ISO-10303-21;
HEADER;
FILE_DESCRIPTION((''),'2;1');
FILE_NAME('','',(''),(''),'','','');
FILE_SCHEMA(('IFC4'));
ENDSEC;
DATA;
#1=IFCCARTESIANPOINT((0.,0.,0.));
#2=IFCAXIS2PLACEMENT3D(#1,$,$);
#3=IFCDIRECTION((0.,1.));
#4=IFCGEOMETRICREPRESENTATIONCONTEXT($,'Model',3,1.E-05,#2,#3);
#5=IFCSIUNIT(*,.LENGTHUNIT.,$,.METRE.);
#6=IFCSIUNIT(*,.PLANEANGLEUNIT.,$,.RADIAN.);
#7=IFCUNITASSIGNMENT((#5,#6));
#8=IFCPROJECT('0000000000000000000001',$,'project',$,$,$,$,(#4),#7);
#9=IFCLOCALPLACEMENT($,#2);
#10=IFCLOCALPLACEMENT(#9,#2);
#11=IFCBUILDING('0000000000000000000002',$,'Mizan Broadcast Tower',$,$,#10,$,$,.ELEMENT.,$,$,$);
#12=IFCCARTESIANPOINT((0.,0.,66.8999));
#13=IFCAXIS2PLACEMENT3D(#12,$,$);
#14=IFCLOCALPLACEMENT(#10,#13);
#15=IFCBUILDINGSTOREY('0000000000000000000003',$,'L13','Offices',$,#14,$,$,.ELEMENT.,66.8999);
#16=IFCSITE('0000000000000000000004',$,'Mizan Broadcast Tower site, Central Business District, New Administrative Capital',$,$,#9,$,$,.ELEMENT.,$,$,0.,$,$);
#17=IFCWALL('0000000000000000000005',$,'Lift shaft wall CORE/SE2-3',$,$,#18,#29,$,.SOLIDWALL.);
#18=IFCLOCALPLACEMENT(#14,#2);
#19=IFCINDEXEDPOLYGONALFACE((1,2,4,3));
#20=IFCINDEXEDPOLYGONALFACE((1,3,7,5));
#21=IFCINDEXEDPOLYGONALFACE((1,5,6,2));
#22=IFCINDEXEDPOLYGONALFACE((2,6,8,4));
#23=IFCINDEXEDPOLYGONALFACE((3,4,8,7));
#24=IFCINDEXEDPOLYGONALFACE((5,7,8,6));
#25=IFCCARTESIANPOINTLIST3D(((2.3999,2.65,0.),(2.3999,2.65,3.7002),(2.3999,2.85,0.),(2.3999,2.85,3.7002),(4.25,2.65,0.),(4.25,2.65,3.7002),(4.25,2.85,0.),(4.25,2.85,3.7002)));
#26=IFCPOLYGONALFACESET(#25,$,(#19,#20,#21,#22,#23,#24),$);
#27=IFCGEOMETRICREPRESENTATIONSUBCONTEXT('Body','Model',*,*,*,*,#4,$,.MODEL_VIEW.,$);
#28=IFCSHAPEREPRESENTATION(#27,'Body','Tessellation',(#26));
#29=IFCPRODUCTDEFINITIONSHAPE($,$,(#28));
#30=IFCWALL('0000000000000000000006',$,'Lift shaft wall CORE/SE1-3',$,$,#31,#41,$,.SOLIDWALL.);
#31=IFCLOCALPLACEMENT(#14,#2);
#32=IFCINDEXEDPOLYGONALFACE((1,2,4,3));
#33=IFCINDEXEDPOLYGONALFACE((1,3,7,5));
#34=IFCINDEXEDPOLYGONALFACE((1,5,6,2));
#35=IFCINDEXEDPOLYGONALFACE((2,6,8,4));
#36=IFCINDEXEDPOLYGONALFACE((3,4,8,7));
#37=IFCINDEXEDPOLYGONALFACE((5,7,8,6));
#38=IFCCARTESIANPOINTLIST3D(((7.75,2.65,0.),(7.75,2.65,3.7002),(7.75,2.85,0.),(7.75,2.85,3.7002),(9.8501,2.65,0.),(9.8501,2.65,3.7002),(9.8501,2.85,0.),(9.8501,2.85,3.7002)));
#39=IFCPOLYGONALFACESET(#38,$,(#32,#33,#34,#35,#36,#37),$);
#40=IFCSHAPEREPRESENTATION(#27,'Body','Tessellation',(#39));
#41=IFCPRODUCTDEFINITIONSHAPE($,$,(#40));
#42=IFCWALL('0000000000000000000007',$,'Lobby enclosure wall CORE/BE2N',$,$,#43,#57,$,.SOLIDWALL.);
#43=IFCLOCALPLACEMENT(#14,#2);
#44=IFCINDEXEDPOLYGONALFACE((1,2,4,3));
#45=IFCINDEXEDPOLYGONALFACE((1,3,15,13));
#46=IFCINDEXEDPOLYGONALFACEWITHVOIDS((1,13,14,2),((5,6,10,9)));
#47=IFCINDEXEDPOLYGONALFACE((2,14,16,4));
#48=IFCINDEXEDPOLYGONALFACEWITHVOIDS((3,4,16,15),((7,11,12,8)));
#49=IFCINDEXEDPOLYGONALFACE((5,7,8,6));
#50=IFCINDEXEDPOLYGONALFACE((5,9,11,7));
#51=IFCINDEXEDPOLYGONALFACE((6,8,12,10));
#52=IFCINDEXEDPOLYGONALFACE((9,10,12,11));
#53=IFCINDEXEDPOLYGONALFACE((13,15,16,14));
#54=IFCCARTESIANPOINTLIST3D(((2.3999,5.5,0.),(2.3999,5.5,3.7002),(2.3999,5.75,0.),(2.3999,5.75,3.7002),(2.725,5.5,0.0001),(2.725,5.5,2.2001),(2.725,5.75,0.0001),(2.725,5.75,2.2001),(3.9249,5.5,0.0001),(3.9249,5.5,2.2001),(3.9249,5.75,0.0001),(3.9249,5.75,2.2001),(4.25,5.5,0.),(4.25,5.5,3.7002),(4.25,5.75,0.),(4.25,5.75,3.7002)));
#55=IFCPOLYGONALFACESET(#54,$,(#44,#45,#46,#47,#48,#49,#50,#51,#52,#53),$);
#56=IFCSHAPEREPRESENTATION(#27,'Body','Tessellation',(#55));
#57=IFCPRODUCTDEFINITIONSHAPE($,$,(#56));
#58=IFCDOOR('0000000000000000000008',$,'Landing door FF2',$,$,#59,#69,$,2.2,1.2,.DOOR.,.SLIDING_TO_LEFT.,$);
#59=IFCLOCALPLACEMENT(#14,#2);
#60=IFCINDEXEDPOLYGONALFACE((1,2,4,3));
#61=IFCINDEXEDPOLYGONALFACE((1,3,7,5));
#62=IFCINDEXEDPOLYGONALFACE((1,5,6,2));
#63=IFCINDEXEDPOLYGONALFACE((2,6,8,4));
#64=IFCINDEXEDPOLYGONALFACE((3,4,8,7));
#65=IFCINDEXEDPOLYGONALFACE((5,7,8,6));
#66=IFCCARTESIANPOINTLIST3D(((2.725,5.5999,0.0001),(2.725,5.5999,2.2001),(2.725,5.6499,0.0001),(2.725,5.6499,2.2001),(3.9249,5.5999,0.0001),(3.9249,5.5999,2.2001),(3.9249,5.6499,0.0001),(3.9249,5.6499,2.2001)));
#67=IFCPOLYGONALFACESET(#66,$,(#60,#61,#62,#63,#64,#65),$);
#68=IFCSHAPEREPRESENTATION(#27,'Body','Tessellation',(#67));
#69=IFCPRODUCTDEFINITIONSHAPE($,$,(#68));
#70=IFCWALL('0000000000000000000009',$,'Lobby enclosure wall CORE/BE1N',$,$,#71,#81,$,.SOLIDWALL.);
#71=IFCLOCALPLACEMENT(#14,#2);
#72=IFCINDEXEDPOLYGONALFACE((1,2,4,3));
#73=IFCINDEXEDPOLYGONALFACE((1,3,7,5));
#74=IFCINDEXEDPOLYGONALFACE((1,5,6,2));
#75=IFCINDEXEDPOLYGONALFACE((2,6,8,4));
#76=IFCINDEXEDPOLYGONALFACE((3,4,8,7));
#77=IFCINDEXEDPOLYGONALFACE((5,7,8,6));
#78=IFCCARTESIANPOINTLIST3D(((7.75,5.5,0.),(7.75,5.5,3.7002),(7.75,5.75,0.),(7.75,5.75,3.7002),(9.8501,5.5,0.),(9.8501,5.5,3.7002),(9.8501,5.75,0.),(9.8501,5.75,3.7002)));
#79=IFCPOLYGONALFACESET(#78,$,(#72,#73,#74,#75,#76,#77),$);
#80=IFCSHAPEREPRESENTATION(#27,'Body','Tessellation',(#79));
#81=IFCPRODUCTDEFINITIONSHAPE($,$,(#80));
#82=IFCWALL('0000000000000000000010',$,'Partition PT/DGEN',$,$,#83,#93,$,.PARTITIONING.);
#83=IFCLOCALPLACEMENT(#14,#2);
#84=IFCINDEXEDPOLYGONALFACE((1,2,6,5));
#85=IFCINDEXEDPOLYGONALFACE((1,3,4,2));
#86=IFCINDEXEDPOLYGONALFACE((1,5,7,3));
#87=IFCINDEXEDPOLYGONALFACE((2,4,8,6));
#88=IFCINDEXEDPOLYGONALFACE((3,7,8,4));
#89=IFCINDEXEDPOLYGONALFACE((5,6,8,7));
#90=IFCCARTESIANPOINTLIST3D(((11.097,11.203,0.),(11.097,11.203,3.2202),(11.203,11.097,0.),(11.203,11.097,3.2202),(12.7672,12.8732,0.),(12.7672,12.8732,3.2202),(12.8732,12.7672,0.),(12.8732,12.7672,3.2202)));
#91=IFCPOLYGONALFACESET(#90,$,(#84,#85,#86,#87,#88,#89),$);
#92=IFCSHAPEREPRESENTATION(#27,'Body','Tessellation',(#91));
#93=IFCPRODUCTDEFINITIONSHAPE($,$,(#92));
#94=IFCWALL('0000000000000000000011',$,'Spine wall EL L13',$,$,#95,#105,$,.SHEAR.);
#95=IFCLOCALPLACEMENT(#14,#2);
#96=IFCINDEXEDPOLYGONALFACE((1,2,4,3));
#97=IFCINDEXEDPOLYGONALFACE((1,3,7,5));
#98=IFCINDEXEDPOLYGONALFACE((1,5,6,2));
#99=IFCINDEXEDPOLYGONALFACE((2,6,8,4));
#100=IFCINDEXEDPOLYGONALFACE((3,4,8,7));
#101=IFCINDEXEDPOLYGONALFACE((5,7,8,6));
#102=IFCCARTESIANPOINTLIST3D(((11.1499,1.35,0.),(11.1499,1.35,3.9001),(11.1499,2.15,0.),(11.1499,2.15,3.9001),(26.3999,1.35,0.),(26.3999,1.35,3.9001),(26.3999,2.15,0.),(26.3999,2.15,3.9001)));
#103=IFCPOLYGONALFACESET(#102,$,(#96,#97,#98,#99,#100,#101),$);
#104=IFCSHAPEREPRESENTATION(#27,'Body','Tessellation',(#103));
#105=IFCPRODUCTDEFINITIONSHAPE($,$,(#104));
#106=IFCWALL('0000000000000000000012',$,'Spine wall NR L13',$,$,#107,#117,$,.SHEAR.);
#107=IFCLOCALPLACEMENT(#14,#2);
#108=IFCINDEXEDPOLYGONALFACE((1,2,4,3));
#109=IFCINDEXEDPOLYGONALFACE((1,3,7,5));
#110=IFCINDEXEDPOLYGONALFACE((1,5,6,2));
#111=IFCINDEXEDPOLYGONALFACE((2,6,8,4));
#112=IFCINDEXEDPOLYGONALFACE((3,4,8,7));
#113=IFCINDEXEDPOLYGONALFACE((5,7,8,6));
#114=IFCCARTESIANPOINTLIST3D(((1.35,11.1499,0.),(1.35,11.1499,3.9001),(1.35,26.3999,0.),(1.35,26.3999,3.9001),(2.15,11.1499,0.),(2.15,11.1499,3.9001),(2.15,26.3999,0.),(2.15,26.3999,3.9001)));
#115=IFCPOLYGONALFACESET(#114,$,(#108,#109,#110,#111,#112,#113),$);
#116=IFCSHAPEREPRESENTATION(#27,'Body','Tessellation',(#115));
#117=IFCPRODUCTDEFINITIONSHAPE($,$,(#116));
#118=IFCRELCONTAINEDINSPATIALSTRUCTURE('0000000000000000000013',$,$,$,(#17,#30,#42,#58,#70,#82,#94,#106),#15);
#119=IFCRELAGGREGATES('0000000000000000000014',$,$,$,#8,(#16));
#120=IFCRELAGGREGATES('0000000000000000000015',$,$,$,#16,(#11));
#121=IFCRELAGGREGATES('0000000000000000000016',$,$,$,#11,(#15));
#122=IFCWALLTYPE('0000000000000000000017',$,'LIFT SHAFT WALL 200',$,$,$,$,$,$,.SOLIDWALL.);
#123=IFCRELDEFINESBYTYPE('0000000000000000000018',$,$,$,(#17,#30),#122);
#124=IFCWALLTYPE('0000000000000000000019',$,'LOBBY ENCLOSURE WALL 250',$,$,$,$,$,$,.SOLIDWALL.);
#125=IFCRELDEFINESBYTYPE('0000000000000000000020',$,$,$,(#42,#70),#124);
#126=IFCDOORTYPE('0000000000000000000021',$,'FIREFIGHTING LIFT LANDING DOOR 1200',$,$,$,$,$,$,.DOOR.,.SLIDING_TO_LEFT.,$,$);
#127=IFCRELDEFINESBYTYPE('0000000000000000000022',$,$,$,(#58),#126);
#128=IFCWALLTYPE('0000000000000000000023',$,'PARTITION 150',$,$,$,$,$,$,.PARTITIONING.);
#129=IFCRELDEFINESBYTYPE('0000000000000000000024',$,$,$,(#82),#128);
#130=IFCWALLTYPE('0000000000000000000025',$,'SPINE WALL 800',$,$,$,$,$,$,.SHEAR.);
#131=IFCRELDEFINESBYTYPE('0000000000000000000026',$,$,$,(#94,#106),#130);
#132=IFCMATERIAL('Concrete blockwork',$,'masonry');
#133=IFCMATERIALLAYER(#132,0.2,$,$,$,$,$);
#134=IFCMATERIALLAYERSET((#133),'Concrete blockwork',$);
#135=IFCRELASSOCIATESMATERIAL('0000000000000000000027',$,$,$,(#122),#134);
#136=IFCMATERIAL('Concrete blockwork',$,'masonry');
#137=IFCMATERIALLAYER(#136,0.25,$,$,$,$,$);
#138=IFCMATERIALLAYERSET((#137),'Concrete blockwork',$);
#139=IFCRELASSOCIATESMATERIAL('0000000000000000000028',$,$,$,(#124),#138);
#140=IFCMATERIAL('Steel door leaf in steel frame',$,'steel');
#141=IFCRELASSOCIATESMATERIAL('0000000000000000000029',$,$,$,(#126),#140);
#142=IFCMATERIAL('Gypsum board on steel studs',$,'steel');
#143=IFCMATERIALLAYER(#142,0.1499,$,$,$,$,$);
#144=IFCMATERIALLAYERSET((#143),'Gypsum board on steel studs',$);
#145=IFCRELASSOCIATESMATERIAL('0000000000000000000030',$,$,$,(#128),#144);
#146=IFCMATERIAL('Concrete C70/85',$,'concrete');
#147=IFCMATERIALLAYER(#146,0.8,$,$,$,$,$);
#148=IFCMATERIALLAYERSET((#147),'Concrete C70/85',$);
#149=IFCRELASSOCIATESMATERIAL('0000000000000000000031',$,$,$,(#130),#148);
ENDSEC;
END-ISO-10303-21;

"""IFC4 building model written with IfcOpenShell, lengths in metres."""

from ifc_helpers import new_model, si_unit, direction, frame, frame_2d, origin, place, context, subcontext, project, spatial, rectangle, extrude, material, layer, layer_set, type_object, element, fill, save


model = new_model("IFC4")

# Units and contexts
model_context = context("Model", 3, precision=1e-05, world=origin(), true_north=direction((0.0, 1.0)))
body_context = subcontext(model_context, "Body", "Model", "MODEL_VIEW")
ifc_project = project(units=[si_unit("LENGTHUNIT", "METRE"), si_unit("PLANEANGLEUNIT", "RADIAN")], contexts=[model_context])

# Site, building, storey
site_placement = place(None, origin())
site = spatial("IfcSite", under=ifc_project, at=site_placement, Name="Mizan Broadcast Tower site, Central Business District, New Administrative Capital", CompositionType="ELEMENT", RefElevation=0.0)
building_placement = place(site_placement, origin())
building = spatial("IfcBuilding", under=site, at=building_placement, Name="Mizan Broadcast Tower", CompositionType="ELEMENT")
storey_placement = place(building_placement, frame((0.0, 0.0, 66.8999)))
storey = spatial("IfcBuildingStorey", under=building, at=storey_placement, Name="L13", Description="Offices", CompositionType="ELEMENT", Elevation=66.8999)

# Walls
ifc_material_1 = material(Name="Concrete blockwork", Category="masonry")
ifc_layer_1 = layer(ifc_material_1, 0.2)
ifc_layer_set_1 = layer_set([ifc_layer_1], Name="Concrete blockwork")
wall_type_1 = type_object("IfcWallType", Name="LIFT SHAFT WALL 200", PredefinedType="SOLIDWALL", material=ifc_layer_set_1)
wall_1_placement = place(storey_placement, frame((2.3999, 2.75, 0.0), z_axis=(0.0, 0.0, 1.0), x_axis=(1.0, 0.0, 0.0)))
element("IfcWall", 1, at=wall_1_placement, inside=storey, type_object=wall_type_1, Name="Lift shaft wall CORE/SE2-3", PredefinedType="SOLIDWALL", context=body_context, shape_type="SweptSolid", body=[
    extrude(rectangle(XDim=1.8501, YDim=0.2, at=frame_2d((0.925, 0.0))), origin(), (0.0, 0.0, 1.0), 3.7002),
])
wall_2_placement = place(storey_placement, frame((7.75, 2.75, 0.0), z_axis=(0.0, 0.0, 1.0), x_axis=(1.0, 0.0, 0.0)))
element("IfcWall", 2, at=wall_2_placement, inside=storey, type_object=wall_type_1, Name="Lift shaft wall CORE/SE1-3", PredefinedType="SOLIDWALL", context=body_context, shape_type="SweptSolid", body=[
    extrude(rectangle(XDim=2.1001, YDim=0.2, at=frame_2d((1.05, 0.0))), origin(), (0.0, 0.0, 1.0), 3.7002),
])

# Wall, opening, door
ifc_material_2 = material(Name="Concrete blockwork", Category="masonry")
ifc_layer_2 = layer(ifc_material_2, 0.25)
ifc_layer_set_2 = layer_set([ifc_layer_2], Name="Concrete blockwork")
wall_type_2 = type_object("IfcWallType", Name="LOBBY ENCLOSURE WALL 250", PredefinedType="SOLIDWALL", material=ifc_layer_set_2)
wall_3_placement = place(storey_placement, frame((2.3999, 5.625, 0.0), z_axis=(0.0, 0.0, 1.0), x_axis=(1.0, 0.0, 0.0)))
wall_3 = element("IfcWall", 3, at=wall_3_placement, inside=storey, type_object=wall_type_2, Name="Lobby enclosure wall CORE/BE2N", PredefinedType="SOLIDWALL", context=body_context, shape_type="SweptSolid", body=[
    extrude(rectangle(XDim=1.8501, YDim=0.25, at=frame_2d((0.925, 0.0))), origin(), (0.0, 0.0, 1.0), 3.7002),
])
opening_1_placement = place(wall_3_placement, frame((0.325, 0.0, 0.0)))
opening_1 = element("IfcOpeningElement", 4, at=opening_1_placement, cuts=wall_3, PredefinedType="OPENING", context=body_context, shape_type="SweptSolid", body=[
    extrude(rectangle(XDim=1.2, YDim=2.2, at=frame_2d((0.6001, 1.1001))), frame((0.0, 0.135, 0.0), z_axis=(0.0, -1.0, 0.0), x_axis=(1.0, 0.0, 0.0)), (0.0, 0.0, 1.0), 0.27),
])
ifc_material_3 = material(Name="Steel door leaf in steel frame", Category="steel")
door_type_1 = type_object("IfcDoorType", Name="FIREFIGHTING LIFT LANDING DOOR 1200", OperationType="SLIDING_TO_LEFT", PredefinedType="DOOR", material=ifc_material_3)
door_1_placement = place(opening_1_placement, origin())
door_1 = element("IfcDoor", 5, at=door_1_placement, inside=storey, type_object=door_type_1, Name="Landing door FF2", OperationType="SLIDING_TO_LEFT", OverallHeight=2.2, OverallWidth=1.2, PredefinedType="DOOR", context=body_context, shape_type="SweptSolid", body=[
    extrude(rectangle(XDim=1.2, YDim=2.2, at=frame_2d((0.6001, 1.1001))), frame((0.0, 0.0249, 0.0), z_axis=(0.0, -1.0, 0.0), x_axis=(1.0, 0.0, 0.0)), (0.0, 0.0, 1.0), 0.05),
])
fill(opening_1, door_1)

# Walls
wall_4_placement = place(storey_placement, frame((7.75, 5.625, 0.0), z_axis=(0.0, 0.0, 1.0), x_axis=(1.0, 0.0, 0.0)))
element("IfcWall", 6, at=wall_4_placement, inside=storey, type_object=wall_type_2, Name="Lobby enclosure wall CORE/BE1N", PredefinedType="SOLIDWALL", context=body_context, shape_type="SweptSolid", body=[
    extrude(rectangle(XDim=2.1001, YDim=0.25, at=frame_2d((1.05, 0.0))), origin(), (0.0, 0.0, 1.0), 3.7002),
])
ifc_material_4 = material(Name="Gypsum board on steel studs", Category="steel")
ifc_layer_3 = layer(ifc_material_4, 0.1499)
ifc_layer_set_3 = layer_set([ifc_layer_3], Name="Gypsum board on steel studs")
wall_type_3 = type_object("IfcWallType", Name="PARTITION 150", PredefinedType="PARTITIONING", material=ifc_layer_set_3)
wall_5_placement = place(storey_placement, frame((11.1499, 11.1499, 0.0), z_axis=(0.0, 0.0, 1.0), x_axis=(0.707107, 0.707107, 0.0)))
element("IfcWall", 7, at=wall_5_placement, inside=storey, type_object=wall_type_3, Name="Partition PT/DGEN", PredefinedType="PARTITIONING", context=body_context, shape_type="SweptSolid", body=[
    extrude(rectangle(XDim=2.3621, YDim=0.1499, at=frame_2d((1.1812, 0.0))), origin(), (0.0, 0.0, 1.0), 3.2202),
])
ifc_material_5 = material(Name="Concrete C70/85", Category="concrete")
ifc_layer_4 = layer(ifc_material_5, 0.8)
ifc_layer_set_4 = layer_set([ifc_layer_4], Name="Concrete C70/85")
wall_type_4 = type_object("IfcWallType", Name="SPINE WALL 800", PredefinedType="SHEAR", material=ifc_layer_set_4)
for number, where, z_axis, x_axis, name in (
    (8, (11.1499, 1.75, 0.0), (0.0, 0.0, 1.0), (1.0, 0.0, 0.0), "Spine wall EL L13"),
    (9, (1.75, 11.1499, 0.0), (0.0, 0.0, 1.0), (0.0, 1.0, 0.0), "Spine wall NR L13"),
):
    element("IfcWall", number, at=place(storey_placement, frame(where, z_axis=z_axis, x_axis=x_axis)), inside=storey, type_object=wall_type_4, Name=name, PredefinedType="SHEAR", context=body_context, shape_type="SweptSolid", body=[
        extrude(rectangle(XDim=15.25, YDim=0.8, at=frame_2d((7.625, 0.0))), origin(), (0.0, 0.0, 1.0), 3.9001),
    ])

save(model, "model.ifc")
